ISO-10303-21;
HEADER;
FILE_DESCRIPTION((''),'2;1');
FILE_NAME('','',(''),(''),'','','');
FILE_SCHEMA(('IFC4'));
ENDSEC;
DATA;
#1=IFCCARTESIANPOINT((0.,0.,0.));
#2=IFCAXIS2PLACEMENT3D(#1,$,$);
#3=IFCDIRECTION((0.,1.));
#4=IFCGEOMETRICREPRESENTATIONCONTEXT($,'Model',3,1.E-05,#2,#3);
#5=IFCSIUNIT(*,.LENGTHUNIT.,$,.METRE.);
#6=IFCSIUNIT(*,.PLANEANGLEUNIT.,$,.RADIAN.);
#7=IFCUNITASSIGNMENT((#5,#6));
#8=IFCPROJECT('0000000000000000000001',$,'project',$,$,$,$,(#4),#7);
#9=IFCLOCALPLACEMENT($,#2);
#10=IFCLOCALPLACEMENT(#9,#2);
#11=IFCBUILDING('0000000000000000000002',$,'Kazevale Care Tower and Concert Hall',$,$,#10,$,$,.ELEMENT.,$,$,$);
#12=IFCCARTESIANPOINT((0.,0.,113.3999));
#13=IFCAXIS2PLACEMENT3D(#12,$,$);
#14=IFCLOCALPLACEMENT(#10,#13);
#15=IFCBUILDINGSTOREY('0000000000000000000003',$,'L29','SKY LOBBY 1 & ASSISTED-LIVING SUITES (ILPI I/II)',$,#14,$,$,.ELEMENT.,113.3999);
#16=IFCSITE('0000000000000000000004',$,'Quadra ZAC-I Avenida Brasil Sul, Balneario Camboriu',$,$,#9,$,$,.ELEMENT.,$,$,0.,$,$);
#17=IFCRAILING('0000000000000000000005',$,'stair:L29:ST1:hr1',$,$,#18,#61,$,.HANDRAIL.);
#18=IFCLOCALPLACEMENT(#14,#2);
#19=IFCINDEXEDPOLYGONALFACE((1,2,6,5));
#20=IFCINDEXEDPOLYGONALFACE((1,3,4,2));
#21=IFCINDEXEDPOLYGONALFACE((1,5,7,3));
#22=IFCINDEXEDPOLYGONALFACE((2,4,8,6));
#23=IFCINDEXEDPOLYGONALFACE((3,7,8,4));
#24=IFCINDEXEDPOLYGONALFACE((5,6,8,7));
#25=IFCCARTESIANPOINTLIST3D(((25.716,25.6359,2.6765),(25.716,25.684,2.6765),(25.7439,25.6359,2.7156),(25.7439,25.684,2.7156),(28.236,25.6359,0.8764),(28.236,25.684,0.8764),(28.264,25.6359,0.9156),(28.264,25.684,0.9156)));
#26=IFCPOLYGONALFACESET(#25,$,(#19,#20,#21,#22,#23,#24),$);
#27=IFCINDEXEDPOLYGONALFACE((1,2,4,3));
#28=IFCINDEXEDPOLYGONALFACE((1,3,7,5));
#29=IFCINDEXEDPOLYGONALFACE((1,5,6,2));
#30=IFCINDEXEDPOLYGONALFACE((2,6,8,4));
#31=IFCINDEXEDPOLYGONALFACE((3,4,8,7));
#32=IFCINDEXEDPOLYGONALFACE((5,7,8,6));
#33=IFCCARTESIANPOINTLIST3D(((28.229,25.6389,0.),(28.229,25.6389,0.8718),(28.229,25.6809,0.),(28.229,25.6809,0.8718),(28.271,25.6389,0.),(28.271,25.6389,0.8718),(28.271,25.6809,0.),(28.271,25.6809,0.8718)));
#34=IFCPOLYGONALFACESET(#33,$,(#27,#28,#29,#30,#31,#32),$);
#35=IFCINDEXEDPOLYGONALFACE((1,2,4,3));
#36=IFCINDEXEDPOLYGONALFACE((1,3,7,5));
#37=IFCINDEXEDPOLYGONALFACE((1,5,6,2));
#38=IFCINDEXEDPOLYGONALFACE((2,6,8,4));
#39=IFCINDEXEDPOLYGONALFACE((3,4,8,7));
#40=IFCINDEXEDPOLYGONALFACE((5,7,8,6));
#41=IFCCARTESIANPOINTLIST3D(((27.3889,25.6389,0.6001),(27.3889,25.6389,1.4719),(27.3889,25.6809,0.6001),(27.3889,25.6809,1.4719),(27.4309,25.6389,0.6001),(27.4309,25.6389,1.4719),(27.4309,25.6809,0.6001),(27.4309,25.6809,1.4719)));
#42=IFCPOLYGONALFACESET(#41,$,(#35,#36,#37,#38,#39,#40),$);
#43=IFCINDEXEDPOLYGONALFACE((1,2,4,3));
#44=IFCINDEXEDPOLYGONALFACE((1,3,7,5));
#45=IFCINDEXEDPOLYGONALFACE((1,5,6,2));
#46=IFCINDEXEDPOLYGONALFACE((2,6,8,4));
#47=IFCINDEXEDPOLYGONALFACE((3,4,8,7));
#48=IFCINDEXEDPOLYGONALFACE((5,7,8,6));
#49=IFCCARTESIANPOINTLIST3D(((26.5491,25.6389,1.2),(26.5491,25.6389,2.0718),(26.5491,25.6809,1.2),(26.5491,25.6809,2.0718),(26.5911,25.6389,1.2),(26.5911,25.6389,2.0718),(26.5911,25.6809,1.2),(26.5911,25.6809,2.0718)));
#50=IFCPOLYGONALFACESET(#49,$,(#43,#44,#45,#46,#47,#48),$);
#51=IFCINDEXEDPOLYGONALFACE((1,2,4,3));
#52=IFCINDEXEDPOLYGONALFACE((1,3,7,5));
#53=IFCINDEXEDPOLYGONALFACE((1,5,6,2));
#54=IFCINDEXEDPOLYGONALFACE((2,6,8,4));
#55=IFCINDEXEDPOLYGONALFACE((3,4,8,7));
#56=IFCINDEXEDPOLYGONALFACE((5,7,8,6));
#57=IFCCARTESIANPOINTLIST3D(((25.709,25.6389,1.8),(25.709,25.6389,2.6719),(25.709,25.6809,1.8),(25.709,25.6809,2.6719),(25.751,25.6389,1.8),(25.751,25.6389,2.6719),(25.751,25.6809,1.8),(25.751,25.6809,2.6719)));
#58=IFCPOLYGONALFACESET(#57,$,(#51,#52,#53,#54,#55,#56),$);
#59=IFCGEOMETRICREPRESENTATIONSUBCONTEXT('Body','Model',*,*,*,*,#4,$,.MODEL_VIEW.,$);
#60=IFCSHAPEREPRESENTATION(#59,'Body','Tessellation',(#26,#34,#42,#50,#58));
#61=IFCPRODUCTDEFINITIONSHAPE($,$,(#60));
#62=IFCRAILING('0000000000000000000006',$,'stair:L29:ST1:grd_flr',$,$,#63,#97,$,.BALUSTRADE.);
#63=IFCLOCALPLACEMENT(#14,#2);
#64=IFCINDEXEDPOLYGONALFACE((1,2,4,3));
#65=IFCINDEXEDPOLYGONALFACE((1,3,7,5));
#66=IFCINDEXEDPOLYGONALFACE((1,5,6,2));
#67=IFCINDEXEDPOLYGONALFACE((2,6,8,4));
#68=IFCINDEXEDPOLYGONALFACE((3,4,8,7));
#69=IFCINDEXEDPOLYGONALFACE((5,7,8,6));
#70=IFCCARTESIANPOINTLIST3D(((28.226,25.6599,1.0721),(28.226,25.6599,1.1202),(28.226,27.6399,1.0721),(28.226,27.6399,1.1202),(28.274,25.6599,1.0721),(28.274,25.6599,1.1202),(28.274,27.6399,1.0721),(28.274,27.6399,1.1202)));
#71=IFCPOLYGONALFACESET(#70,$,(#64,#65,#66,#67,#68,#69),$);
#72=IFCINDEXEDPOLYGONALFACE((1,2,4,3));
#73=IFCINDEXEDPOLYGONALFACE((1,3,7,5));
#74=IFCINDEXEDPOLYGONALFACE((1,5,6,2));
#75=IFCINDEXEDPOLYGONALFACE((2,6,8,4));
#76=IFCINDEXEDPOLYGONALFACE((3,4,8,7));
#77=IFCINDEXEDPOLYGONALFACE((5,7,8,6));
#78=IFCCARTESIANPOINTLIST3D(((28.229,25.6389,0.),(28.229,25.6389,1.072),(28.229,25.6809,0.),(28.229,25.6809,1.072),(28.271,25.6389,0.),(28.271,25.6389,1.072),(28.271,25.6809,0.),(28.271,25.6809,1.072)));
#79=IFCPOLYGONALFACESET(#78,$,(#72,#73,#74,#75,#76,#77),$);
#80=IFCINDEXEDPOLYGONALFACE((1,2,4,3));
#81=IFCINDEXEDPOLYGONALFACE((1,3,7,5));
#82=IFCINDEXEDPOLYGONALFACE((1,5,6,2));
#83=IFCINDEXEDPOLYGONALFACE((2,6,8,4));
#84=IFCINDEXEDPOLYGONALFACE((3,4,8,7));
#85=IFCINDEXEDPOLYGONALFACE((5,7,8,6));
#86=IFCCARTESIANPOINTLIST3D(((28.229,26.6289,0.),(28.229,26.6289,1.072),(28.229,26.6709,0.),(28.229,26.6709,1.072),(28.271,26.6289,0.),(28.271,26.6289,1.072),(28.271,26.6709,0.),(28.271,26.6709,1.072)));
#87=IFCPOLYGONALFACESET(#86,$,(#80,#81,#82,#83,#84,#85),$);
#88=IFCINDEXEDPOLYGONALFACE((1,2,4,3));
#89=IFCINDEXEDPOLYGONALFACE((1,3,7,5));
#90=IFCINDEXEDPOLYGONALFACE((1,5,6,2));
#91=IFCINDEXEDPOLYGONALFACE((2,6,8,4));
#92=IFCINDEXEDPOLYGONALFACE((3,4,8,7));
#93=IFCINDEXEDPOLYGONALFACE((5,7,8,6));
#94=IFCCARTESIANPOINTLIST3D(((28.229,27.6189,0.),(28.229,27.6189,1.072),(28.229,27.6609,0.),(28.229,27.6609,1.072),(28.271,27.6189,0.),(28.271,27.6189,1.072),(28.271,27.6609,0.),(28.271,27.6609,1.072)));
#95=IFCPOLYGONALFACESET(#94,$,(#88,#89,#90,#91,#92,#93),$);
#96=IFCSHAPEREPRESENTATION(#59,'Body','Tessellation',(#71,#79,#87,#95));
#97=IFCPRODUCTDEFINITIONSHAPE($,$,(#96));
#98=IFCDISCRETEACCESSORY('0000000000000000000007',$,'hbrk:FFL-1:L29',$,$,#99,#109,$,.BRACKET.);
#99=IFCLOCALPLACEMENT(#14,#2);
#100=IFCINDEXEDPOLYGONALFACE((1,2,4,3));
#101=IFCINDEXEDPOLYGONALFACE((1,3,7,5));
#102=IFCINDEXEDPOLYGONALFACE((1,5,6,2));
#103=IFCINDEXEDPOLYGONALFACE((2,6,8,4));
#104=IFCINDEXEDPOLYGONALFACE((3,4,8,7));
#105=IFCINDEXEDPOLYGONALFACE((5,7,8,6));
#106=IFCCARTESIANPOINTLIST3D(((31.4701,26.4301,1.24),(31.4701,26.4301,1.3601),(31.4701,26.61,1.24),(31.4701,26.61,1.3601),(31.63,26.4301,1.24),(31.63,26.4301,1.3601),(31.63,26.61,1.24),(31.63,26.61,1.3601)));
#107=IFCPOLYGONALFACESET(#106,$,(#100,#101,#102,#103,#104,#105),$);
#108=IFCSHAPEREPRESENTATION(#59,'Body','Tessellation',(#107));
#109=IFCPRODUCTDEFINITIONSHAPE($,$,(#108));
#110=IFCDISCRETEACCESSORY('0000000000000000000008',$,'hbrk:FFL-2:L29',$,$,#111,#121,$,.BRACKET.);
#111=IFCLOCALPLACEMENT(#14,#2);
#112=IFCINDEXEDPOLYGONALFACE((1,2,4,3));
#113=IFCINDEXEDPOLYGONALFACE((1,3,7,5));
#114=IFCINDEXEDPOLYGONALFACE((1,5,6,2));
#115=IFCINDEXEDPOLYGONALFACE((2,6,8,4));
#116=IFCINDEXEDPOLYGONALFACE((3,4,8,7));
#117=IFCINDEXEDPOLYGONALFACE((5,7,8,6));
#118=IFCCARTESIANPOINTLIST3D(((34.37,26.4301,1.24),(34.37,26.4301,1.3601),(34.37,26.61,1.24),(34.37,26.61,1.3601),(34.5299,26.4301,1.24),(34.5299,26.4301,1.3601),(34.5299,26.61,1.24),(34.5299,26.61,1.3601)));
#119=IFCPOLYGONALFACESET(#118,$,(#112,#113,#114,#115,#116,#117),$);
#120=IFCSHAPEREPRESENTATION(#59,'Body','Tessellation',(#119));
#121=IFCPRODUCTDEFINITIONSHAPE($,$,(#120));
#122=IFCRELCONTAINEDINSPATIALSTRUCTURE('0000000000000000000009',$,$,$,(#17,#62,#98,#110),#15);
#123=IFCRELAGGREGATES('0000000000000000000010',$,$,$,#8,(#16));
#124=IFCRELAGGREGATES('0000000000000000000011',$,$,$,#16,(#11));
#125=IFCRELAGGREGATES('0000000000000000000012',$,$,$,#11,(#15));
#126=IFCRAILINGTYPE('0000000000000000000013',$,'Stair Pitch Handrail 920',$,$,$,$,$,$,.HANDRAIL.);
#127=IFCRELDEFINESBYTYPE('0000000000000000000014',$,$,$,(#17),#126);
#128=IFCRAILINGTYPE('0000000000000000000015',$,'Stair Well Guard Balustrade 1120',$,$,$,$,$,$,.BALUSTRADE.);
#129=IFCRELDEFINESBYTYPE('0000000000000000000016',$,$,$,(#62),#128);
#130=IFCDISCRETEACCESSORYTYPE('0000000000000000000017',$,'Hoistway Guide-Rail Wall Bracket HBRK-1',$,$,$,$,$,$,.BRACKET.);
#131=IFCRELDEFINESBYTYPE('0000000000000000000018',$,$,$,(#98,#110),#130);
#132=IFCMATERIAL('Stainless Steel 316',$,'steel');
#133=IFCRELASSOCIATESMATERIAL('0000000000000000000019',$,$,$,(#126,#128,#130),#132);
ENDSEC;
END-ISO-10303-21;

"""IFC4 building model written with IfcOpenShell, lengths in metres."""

from ifc_helpers import new_model, si_unit, direction, frame, origin, origin_2d, place, context, subcontext, project, spatial, rectangle, extrude, material, type_object, element, save


model = new_model("IFC4")

# Units and contexts
model_context = context("Model", 3, precision=1e-05, world=origin(), true_north=direction((0.0, 1.0)))
body_context = subcontext(model_context, "Body", "Model", "MODEL_VIEW")
ifc_project = project(units=[si_unit("LENGTHUNIT", "METRE"), si_unit("PLANEANGLEUNIT", "RADIAN")], contexts=[model_context])

# Site, building, storey
site_placement = place(None, origin())
site = spatial("IfcSite", under=ifc_project, at=site_placement, Name="Quadra ZAC-I Avenida Brasil Sul, Balneario Camboriu", CompositionType="ELEMENT", RefElevation=0.0)
building_placement = place(site_placement, origin())
building = spatial("IfcBuilding", under=site, at=building_placement, Name="Kazevale Care Tower and Concert Hall", CompositionType="ELEMENT")
storey_placement = place(building_placement, frame((0.0, 0.0, 113.3999)))
storey = spatial("IfcBuildingStorey", under=building, at=storey_placement, Name="L29", Description="SKY LOBBY 1 & ASSISTED-LIVING SUITES (ILPI I/II)", CompositionType="ELEMENT", Elevation=113.3999)

# Shared definitions
ifc_material_1 = material(Name="Stainless Steel 316", Category="steel")

# Railings
railing_type_1 = type_object("IfcRailingType", Name="Stair Pitch Handrail 920", PredefinedType="HANDRAIL", material=ifc_material_1)
railing_1_placement = place(storey_placement, frame((28.25, 25.6599, 0.0)))
element("IfcRailing", 1, at=railing_1_placement, inside=storey, type_object=railing_type_1, Name="stair:L29:ST1:hr1", PredefinedType="HANDRAIL", context=body_context, shape_type="SweptSolid", body=[
    extrude(rectangle(XDim=0.0481, YDim=0.0481, at=origin_2d()), frame((0.0, 0.0, 0.896), z_axis=(-0.813728, 0.0, 0.581246), x_axis=(0.0, -1.0, 0.0)), (0.0, 0.0, 1.0), 3.0969),
    extrude(rectangle(XDim=0.042, YDim=0.042, at=origin_2d()), origin(), (0.0, 0.0, 1.0), 0.8718),
    extrude(rectangle(XDim=0.042, YDim=0.042, at=origin_2d()), frame((-0.8401, 0.0, 0.6001)), (0.0, 0.0, 1.0), 0.8718),
    extrude(rectangle(XDim=0.042, YDim=0.042, at=origin_2d()), frame((-1.6799, 0.0, 1.2)), (0.0, 0.0, 1.0), 0.8718),
    extrude(rectangle(XDim=0.042, YDim=0.042, at=origin_2d()), frame((-2.52, 0.0, 1.8)), (0.0, 0.0, 1.0), 0.8718),
])
railing_type_2 = type_object("IfcRailingType", Name="Stair Well Guard Balustrade 1120", PredefinedType="BALUSTRADE", material=ifc_material_1)
railing_2_placement = place(storey_placement, frame((28.25, 25.6599, 0.0)))
element("IfcRailing", 2, at=railing_2_placement, inside=storey, type_object=railing_type_2, Name="stair:L29:ST1:grd_flr", PredefinedType="BALUSTRADE", context=body_context, shape_type="SweptSolid", body=[
    extrude(rectangle(XDim=0.0481, YDim=0.0481, at=origin_2d()), frame((0.0, 0.0, 1.0962), z_axis=(0.0, 1.0, 0.0), x_axis=(-1.0, 0.0, 0.0)), (0.0, 0.0, 1.0), 1.98),
    extrude(rectangle(XDim=0.042, YDim=0.042, at=origin_2d()), origin(), (0.0, 0.0, 1.0), 1.072),
    extrude(rectangle(XDim=0.042, YDim=0.042, at=origin_2d()), frame((0.0, 0.99, 0.0)), (0.0, 0.0, 1.0), 1.072),
    extrude(rectangle(XDim=0.042, YDim=0.042, at=origin_2d()), frame((0.0, 1.98, 0.0)), (0.0, 0.0, 1.0), 1.072),
])

# Discrete accessories
discrete_accessory_type = type_object("IfcDiscreteAccessoryType", Name="Hoistway Guide-Rail Wall Bracket HBRK-1", PredefinedType="BRACKET", material=ifc_material_1)
for number, where, z_axis, x_axis, name in (
    (3, (31.55, 26.52, 1.24), (0.0, 0.0, 1.0), (1.0, 0.0, 0.0), "hbrk:FFL-1:L29"),
    (4, (34.45, 26.52, 1.24), (0.0, 0.0, 1.0), (1.0, 0.0, 0.0), "hbrk:FFL-2:L29"),
):
    element("IfcDiscreteAccessory", number, at=place(storey_placement, frame(where, z_axis=z_axis, x_axis=x_axis)), inside=storey, type_object=discrete_accessory_type, Name=name, PredefinedType="BRACKET", context=body_context, shape_type="SweptSolid", body=[
        extrude(rectangle(XDim=0.1599, YDim=0.1799, at=origin_2d()), origin(), (0.0, 0.0, 1.0), 0.1201),
    ])

save(model, "model.ifc")
